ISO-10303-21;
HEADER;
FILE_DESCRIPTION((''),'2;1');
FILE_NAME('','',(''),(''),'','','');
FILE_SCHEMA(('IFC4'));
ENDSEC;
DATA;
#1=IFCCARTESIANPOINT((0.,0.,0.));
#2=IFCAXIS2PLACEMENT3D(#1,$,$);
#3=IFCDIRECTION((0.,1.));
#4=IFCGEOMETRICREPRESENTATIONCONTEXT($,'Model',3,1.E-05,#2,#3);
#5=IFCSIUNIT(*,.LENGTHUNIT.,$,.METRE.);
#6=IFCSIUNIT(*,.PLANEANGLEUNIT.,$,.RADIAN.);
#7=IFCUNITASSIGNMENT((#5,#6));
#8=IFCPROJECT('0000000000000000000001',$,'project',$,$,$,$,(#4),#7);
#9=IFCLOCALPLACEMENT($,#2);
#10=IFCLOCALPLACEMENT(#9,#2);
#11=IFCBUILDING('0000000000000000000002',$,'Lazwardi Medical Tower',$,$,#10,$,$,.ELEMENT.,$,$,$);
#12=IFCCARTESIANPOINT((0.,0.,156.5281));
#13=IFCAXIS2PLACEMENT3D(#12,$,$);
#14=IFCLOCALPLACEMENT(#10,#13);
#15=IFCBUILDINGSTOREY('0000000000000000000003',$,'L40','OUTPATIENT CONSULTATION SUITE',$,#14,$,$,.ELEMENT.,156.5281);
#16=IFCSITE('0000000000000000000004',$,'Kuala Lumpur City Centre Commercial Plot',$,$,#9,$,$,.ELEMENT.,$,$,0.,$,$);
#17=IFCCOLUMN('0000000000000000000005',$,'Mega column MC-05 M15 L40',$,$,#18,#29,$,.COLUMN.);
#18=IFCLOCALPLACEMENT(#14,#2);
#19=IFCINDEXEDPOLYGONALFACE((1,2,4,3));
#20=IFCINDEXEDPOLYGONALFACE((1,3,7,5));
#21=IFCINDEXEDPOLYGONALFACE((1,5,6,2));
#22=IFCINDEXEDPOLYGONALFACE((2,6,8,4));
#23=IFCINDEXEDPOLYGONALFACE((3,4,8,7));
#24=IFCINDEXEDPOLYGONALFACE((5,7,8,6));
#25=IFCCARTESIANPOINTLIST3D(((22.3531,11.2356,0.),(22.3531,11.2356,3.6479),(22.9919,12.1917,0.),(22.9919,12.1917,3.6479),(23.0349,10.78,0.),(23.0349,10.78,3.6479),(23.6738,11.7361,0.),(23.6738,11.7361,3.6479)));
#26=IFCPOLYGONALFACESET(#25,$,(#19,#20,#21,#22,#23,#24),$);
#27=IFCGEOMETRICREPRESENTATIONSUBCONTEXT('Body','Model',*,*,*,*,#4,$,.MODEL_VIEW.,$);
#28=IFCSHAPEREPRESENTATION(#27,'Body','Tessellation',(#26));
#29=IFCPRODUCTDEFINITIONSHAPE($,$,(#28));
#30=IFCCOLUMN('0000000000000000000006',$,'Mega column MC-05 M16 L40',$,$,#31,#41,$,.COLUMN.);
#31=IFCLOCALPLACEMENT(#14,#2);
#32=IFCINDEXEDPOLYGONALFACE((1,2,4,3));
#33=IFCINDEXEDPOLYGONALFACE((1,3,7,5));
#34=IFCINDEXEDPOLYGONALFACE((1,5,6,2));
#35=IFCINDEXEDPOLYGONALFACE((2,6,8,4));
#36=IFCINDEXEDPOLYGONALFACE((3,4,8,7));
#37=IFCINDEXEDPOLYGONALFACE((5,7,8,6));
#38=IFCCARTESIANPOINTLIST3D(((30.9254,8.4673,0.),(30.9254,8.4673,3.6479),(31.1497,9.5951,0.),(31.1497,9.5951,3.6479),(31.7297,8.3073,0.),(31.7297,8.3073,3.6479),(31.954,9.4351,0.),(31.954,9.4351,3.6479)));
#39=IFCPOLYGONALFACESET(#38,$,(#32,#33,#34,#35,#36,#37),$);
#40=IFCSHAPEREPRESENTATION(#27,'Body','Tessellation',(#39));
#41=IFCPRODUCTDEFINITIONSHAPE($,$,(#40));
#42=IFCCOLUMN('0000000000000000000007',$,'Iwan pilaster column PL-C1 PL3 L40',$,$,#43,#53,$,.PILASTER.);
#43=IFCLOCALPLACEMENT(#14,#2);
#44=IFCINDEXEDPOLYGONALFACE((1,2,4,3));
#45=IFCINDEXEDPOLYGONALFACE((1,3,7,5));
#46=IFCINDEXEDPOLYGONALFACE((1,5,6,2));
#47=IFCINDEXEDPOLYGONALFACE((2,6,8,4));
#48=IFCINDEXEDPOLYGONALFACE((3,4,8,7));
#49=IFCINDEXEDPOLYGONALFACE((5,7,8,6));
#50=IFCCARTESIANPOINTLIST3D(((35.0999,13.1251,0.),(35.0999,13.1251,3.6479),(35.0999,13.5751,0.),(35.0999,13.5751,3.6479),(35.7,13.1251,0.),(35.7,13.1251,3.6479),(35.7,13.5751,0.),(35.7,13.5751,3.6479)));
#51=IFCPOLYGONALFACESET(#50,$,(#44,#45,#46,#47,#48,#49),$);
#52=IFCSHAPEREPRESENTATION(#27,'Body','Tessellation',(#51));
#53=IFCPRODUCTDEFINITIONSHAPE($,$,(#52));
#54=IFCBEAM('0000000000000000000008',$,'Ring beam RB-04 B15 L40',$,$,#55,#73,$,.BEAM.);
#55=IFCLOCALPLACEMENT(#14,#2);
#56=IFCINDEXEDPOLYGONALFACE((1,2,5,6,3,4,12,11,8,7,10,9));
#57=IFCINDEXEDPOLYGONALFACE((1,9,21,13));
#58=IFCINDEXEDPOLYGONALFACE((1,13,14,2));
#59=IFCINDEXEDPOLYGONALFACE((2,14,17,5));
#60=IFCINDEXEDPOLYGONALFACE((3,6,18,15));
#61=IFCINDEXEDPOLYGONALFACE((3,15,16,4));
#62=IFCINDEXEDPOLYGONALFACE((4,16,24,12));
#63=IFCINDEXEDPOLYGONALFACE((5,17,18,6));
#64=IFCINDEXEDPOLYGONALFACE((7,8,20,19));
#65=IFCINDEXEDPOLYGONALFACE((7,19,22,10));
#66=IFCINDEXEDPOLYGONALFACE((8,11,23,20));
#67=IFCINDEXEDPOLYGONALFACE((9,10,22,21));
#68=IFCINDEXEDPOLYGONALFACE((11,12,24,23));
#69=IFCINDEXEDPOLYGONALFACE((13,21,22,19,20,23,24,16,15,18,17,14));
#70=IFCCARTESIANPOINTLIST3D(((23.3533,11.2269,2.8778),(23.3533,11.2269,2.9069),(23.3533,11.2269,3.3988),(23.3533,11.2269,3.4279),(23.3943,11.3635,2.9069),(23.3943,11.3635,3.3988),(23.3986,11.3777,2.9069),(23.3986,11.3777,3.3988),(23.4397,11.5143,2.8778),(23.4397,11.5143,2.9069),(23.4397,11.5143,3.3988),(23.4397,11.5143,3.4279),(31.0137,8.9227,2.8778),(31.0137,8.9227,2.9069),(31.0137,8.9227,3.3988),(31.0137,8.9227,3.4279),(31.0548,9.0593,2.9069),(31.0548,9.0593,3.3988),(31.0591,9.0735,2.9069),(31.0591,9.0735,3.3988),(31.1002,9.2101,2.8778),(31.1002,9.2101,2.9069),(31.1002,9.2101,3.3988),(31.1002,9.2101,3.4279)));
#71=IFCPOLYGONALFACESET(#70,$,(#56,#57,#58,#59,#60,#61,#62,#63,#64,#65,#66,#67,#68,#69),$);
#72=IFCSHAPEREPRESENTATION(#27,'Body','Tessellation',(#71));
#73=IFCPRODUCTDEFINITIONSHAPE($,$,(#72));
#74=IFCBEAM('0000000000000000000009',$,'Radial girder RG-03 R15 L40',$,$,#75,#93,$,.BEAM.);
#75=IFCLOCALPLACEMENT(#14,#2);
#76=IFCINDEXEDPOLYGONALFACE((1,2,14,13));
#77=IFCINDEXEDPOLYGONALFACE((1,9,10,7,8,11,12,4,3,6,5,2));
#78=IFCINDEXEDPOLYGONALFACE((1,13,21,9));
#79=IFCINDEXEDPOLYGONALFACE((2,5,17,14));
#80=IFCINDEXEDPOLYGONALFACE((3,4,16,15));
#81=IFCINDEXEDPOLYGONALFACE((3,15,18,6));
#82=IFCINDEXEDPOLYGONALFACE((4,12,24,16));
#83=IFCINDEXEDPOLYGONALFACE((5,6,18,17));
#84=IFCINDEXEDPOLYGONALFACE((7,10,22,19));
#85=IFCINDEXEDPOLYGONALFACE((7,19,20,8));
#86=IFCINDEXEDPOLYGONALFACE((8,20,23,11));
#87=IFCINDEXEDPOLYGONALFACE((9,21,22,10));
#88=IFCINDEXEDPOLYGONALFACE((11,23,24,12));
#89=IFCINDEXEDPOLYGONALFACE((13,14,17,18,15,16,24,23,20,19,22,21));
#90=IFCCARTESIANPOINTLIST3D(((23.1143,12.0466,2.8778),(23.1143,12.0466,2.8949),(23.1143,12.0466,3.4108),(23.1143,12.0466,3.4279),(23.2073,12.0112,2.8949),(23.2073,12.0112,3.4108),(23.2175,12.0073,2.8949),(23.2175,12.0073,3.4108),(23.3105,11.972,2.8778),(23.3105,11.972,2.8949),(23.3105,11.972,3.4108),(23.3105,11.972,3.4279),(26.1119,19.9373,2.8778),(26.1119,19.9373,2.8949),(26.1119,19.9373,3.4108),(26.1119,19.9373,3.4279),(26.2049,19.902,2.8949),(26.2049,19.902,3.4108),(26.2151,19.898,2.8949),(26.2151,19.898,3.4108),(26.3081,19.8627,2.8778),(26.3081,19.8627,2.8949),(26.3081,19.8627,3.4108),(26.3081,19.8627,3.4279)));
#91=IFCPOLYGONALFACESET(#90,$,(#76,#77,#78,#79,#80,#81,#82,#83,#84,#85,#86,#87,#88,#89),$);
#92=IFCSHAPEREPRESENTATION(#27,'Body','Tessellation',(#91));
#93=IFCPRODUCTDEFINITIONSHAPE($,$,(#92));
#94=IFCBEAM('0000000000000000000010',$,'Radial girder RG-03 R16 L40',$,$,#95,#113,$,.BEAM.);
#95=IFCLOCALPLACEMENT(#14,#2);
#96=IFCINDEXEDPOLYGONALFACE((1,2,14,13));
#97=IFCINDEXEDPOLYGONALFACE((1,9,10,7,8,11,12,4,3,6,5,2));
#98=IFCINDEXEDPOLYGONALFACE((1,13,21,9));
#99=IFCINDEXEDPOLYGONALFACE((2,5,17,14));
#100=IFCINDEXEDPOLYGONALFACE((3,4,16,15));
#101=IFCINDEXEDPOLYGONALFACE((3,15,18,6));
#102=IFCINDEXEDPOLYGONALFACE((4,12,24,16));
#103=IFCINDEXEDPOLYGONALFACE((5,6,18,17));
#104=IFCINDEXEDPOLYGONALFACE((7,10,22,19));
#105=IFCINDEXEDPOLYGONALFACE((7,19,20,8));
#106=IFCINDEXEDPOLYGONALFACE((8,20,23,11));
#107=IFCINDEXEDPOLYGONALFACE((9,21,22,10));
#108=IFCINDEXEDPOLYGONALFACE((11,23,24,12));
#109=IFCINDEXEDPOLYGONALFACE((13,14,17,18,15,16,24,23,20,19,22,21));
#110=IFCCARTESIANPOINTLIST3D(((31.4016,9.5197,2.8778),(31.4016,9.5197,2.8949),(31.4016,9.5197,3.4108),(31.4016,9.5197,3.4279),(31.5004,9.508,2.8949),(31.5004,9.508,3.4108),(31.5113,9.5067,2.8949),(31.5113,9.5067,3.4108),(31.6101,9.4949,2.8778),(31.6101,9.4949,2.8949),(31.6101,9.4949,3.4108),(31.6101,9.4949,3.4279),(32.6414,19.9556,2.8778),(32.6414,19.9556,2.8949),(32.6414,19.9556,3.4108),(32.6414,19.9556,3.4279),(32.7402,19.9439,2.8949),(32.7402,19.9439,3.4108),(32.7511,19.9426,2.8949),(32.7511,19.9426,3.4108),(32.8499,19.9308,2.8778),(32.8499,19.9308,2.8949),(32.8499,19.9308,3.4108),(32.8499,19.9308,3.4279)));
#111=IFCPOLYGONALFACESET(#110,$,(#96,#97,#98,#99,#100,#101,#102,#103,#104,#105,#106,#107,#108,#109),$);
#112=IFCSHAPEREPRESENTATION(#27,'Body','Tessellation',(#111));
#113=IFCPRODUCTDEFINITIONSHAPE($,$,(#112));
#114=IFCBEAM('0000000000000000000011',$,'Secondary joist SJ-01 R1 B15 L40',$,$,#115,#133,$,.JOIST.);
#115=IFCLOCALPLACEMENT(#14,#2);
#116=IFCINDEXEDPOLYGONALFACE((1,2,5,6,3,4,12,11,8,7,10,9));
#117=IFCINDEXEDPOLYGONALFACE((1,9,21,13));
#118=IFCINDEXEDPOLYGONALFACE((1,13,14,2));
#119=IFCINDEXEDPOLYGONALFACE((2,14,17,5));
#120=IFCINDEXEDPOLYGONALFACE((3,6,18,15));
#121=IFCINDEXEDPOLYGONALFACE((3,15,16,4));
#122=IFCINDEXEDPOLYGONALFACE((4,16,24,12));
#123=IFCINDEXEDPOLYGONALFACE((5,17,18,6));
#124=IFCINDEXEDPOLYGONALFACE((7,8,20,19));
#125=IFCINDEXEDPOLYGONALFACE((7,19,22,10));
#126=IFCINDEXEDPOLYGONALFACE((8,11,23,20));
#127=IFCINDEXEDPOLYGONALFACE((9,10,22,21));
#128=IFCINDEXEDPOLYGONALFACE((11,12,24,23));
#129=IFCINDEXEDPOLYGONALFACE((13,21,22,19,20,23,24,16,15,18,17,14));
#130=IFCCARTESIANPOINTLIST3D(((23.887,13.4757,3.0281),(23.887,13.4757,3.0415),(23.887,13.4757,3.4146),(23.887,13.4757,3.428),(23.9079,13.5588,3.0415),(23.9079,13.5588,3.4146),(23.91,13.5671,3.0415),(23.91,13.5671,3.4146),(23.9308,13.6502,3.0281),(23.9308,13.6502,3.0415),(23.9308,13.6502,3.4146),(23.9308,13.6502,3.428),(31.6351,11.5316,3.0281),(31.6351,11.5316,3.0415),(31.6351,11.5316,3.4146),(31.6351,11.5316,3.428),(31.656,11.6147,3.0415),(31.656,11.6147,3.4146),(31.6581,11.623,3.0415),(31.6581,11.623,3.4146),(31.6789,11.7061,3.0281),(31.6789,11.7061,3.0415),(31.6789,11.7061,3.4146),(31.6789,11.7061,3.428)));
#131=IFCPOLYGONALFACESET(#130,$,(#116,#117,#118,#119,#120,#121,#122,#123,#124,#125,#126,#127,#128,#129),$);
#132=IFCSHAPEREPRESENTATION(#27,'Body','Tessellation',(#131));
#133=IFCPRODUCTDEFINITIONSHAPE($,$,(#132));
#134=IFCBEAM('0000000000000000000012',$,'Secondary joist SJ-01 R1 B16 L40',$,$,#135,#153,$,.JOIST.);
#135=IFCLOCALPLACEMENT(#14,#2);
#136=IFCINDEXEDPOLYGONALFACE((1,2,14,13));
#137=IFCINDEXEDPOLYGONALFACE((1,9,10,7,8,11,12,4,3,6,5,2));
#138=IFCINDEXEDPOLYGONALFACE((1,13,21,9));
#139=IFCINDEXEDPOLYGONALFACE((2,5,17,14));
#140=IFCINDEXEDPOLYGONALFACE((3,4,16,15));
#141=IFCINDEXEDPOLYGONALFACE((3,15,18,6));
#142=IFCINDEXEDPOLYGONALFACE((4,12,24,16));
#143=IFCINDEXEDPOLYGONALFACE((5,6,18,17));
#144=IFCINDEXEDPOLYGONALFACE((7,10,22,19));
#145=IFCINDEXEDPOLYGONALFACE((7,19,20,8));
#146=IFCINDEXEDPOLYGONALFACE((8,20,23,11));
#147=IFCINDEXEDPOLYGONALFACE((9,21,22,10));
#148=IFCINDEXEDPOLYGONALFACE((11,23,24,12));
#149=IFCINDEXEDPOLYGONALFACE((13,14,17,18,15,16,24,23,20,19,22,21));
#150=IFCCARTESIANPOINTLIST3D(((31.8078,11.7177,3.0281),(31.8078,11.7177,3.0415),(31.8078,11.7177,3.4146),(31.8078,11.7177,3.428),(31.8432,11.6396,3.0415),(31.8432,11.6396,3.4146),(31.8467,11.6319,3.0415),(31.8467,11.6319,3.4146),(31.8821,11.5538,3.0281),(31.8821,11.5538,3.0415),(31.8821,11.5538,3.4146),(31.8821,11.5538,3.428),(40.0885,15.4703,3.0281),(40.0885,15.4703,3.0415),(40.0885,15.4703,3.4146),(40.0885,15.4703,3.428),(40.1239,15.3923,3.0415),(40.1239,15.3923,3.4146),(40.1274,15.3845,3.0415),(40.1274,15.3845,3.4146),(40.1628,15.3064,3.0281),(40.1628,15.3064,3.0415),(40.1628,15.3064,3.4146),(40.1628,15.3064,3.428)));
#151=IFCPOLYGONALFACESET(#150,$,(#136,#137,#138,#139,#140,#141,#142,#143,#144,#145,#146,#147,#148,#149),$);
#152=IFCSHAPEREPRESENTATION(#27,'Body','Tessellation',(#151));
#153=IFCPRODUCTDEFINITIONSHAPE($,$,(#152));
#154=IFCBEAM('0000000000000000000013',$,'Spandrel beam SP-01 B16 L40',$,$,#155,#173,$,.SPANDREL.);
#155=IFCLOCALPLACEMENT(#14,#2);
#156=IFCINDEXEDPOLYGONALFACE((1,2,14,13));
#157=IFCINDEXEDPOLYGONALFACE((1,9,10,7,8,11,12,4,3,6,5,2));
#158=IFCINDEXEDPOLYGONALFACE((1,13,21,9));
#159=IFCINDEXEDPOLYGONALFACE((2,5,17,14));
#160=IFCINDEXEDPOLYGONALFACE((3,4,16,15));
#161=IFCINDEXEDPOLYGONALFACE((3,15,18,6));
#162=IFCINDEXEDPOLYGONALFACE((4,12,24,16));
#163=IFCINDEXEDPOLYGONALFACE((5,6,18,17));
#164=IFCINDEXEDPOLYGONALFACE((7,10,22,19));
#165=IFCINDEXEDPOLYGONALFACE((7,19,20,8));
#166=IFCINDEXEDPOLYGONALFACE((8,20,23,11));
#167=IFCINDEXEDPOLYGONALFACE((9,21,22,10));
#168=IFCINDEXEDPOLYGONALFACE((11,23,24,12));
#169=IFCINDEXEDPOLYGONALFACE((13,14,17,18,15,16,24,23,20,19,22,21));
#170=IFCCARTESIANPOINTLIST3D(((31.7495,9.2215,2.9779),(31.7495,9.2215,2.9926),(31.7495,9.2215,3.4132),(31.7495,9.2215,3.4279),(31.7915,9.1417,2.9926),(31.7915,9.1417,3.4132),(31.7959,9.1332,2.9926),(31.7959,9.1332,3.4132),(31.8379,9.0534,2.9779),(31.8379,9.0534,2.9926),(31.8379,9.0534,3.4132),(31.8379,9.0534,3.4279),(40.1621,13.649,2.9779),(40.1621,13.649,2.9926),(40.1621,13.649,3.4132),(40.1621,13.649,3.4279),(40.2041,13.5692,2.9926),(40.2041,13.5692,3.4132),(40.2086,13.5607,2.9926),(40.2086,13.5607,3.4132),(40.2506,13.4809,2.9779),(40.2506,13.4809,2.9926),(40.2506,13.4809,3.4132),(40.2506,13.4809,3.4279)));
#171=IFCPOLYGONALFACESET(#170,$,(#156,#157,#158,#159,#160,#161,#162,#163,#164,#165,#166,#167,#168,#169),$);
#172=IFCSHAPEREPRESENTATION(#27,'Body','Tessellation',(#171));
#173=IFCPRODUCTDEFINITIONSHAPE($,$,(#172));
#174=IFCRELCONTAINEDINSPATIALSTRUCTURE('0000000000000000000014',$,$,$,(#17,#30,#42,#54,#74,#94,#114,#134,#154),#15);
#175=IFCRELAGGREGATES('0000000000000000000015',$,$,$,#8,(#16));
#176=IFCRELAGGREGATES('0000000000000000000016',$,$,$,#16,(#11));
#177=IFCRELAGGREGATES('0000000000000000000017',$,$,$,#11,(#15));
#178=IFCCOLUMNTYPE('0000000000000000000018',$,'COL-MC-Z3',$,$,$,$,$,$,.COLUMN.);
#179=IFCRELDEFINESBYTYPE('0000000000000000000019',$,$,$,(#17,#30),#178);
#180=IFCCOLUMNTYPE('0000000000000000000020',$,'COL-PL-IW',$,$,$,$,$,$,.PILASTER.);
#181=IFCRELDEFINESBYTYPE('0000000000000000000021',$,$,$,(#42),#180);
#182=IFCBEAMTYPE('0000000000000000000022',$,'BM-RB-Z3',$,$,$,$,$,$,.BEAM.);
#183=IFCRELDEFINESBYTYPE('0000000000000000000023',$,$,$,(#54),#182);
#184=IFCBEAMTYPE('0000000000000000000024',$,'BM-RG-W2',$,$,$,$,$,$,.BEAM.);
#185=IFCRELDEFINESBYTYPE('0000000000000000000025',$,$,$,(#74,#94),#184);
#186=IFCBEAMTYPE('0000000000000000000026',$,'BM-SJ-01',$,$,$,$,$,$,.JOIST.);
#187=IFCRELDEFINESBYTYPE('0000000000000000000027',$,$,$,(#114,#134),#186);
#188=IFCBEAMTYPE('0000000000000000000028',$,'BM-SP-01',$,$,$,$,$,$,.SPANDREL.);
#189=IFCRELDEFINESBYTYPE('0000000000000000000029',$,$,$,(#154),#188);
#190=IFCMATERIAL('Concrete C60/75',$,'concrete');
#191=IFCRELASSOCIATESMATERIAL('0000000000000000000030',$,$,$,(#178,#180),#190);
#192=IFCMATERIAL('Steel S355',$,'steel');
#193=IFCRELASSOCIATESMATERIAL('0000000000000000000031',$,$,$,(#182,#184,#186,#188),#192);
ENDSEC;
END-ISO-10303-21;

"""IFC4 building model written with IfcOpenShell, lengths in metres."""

from ifc_helpers import new_model, si_unit, direction, frame, origin, origin_2d, place, context, subcontext, project, spatial, rectangle, i_section, extrude, material, material_profile, profile_set, type_object, element, save


model = new_model("IFC4")

# Units and contexts
model_context = context("Model", 3, precision=1e-05, world=origin(), true_north=direction((0.0, 1.0)))
body_context = subcontext(model_context, "Body", "Model", "MODEL_VIEW")
ifc_project = project(units=[si_unit("LENGTHUNIT", "METRE"), si_unit("PLANEANGLEUNIT", "RADIAN")], contexts=[model_context])

# Site, building, storey
site_placement = place(None, origin())
site = spatial("IfcSite", under=ifc_project, at=site_placement, Name="Kuala Lumpur City Centre Commercial Plot", CompositionType="ELEMENT", RefElevation=0.0)
building_placement = place(site_placement, origin())
building = spatial("IfcBuilding", under=site, at=building_placement, Name="Lazwardi Medical Tower", CompositionType="ELEMENT")
storey_placement = place(building_placement, frame((0.0, 0.0, 156.5281)))
storey = spatial("IfcBuildingStorey", under=building, at=storey_placement, Name="L40", Description="OUTPATIENT CONSULTATION SUITE", CompositionType="ELEMENT", Elevation=156.5281)

# Columns
ifc_material_1 = material(Name="Concrete C60/75", Category="concrete")
ifc_material_profile_1 = material_profile(ifc_material_1, rectangle(XDim=1.1499, YDim=0.8201, at=origin_2d()), Name="CFT-RECT 1150x820")
ifc_profile_set_1 = profile_set([ifc_material_profile_1], Name="Concrete C60/75")
column_type_1 = type_object("IfcColumnType", Name="COL-MC-Z3", PredefinedType="COLUMN", material=ifc_profile_set_1)
for number, where, z_axis, x_axis, name in (
    (1, (23.0134, 11.4858, 0.0), (0.0, 0.0, 1.0), (-0.55557, -0.83147, 0.0), "Mega column MC-05 M15 L40"),
    (2, (31.4397, 8.9512, 0.0), (0.0, 0.0, 1.0), (-0.19509, -0.980785, 0.0), "Mega column MC-05 M16 L40"),
):
    element("IfcColumn", number, at=place(storey_placement, frame(where, z_axis=z_axis, x_axis=x_axis)), inside=storey, type_object=column_type_1, Name=name, PredefinedType="COLUMN", context=body_context, shape_type="SweptSolid", body=[
        extrude(rectangle(XDim=1.1499, YDim=0.8201, at=origin_2d()), origin(), (0.0, 0.0, 1.0), 3.6479),
    ])
ifc_material_profile_2 = material_profile(ifc_material_1, rectangle(XDim=0.6001, YDim=0.45, at=origin_2d()), Name="RC 600x450")
ifc_profile_set_2 = profile_set([ifc_material_profile_2], Name="Concrete C60/75")
column_type_2 = type_object("IfcColumnType", Name="COL-PL-IW", PredefinedType="PILASTER", material=ifc_profile_set_2)
column_placement = place(storey_placement, frame((35.3999, 13.3501, 0.0), z_axis=(0.0, 0.0, 1.0), x_axis=(1.0, 0.0, 0.0)))
element("IfcColumn", 3, at=column_placement, inside=storey, type_object=column_type_2, Name="Iwan pilaster column PL-C1 PL3 L40", PredefinedType="PILASTER", context=body_context, shape_type="SweptSolid", body=[
    extrude(rectangle(XDim=0.6001, YDim=0.45, at=origin_2d()), origin(), (0.0, 0.0, 1.0), 3.6479),
])

# Beams
ifc_material_2 = material(Name="Steel S355", Category="steel")
ifc_material_profile_3 = material_profile(ifc_material_2, i_section(OverallWidth=0.3, OverallDepth=0.55, WebThickness=0.0149, FlangeThickness=0.0291, at=origin_2d()), Name="HEB 550")
ifc_profile_set_3 = profile_set([ifc_material_profile_3], Name="Steel S355")
beam_type_1 = type_object("IfcBeamType", Name="BM-RB-Z3", PredefinedType="BEAM", material=ifc_profile_set_3)
beam_1_placement = place(storey_placement, frame((23.3965, 11.3706, 3.1528), z_axis=(0.957617, -0.288045, 0.0), x_axis=(0.288045, 0.957617, 0.0)))
element("IfcBeam", 4, at=beam_1_placement, inside=storey, type_object=beam_type_1, Name="Ring beam RB-04 B15 L40", PredefinedType="BEAM", context=body_context, shape_type="SweptSolid", body=[
    extrude(i_section(OverallWidth=0.3, OverallDepth=0.55, WebThickness=0.0149, FlangeThickness=0.0291, at=origin_2d()), origin(), (0.0, 0.0, 1.0), 7.9995),
])
ifc_material_profile_4 = material_profile(ifc_material_2, i_section(OverallWidth=0.21, OverallDepth=0.55, WebThickness=0.011, FlangeThickness=0.0171, at=origin_2d()), Name="IPE 550")
ifc_profile_set_4 = profile_set([ifc_material_profile_4], Name="Steel S355")
beam_type_2 = type_object("IfcBeamType", Name="BM-RG-W2", PredefinedType="BEAM", material=ifc_profile_set_4)
beam_2_placement = place(storey_placement, frame((23.2124, 12.0093, 3.1528), z_axis=(0.355127, 0.934818, 0.0), x_axis=(-0.934818, 0.355127, 0.0)))
element("IfcBeam", 5, at=beam_2_placement, inside=storey, type_object=beam_type_2, Name="Radial girder RG-03 R15 L40", PredefinedType="BEAM", context=body_context, shape_type="SweptSolid", body=[
    extrude(i_section(OverallWidth=0.21, OverallDepth=0.55, WebThickness=0.011, FlangeThickness=0.0171, at=origin_2d()), origin(), (0.0, 0.0, 1.0), 8.4409),
])
beam_3_placement = place(storey_placement, frame((31.5059, 9.5073, 3.1528), z_axis=(0.117968, 0.993017, 0.0), x_axis=(-0.993017, 0.117968, 0.0)))
element("IfcBeam", 6, at=beam_3_placement, inside=storey, type_object=beam_type_2, Name="Radial girder RG-03 R16 L40", PredefinedType="BEAM", context=body_context, shape_type="SweptSolid", body=[
    extrude(i_section(OverallWidth=0.21, OverallDepth=0.55, WebThickness=0.011, FlangeThickness=0.0171, at=origin_2d()), origin(), (0.0, 0.0, 1.0), 10.5093),
])
ifc_material_profile_5 = material_profile(ifc_material_2, i_section(OverallWidth=0.1799, OverallDepth=0.3999, WebThickness=0.0085, FlangeThickness=0.0134, at=origin_2d()), Name="IPE 400")
ifc_profile_set_5 = profile_set([ifc_material_profile_5], Name="Steel S355")
beam_type_3 = type_object("IfcBeamType", Name="BM-SJ-01", PredefinedType="JOIST", material=ifc_profile_set_5)
beam_4_placement = place(storey_placement, frame((23.9089, 13.563, 3.228), z_axis=(0.969934, -0.24337, 0.0), x_axis=(0.24337, 0.969934, 0.0)))
element("IfcBeam", 7, at=beam_4_placement, inside=storey, type_object=beam_type_3, Name="Secondary joist SJ-01 R1 B15 L40", PredefinedType="JOIST", context=body_context, shape_type="SweptSolid", body=[
    extrude(i_section(OverallWidth=0.1799, OverallDepth=0.3999, WebThickness=0.0085, FlangeThickness=0.0134, at=origin_2d()), origin(), (0.0, 0.0, 1.0), 7.9883),
])
beam_5_placement = place(storey_placement, frame((31.845, 11.6357, 3.228), z_axis=(0.910834, 0.412773, 0.0), x_axis=(-0.412773, 0.910834, 0.0)))
element("IfcBeam", 8, at=beam_5_placement, inside=storey, type_object=beam_type_3, Name="Secondary joist SJ-01 R1 B16 L40", PredefinedType="JOIST", context=body_context, shape_type="SweptSolid", body=[
    extrude(i_section(OverallWidth=0.1799, OverallDepth=0.3999, WebThickness=0.0085, FlangeThickness=0.0134, at=origin_2d()), origin(), (0.0, 0.0, 1.0), 9.0913),
])
ifc_material_profile_6 = material_profile(ifc_material_2, i_section(OverallWidth=0.1899, OverallDepth=0.45, WebThickness=0.0095, FlangeThickness=0.0146, at=origin_2d()), Name="IPE 450")
ifc_profile_set_6 = profile_set([ifc_material_profile_6], Name="Steel S355")
beam_type_4 = type_object("IfcBeamType", Name="BM-SP-01", PredefinedType="SPANDREL", material=ifc_profile_set_6)
beam_6_placement = place(storey_placement, frame((31.7937, 9.1375, 3.2029), z_axis=(0.884927, 0.465731, 0.0), x_axis=(-0.465731, 0.884927, 0.0)))
element("IfcBeam", 9, at=beam_6_placement, inside=storey, type_object=beam_type_4, Name="Spandrel beam SP-01 B16 L40", PredefinedType="SPANDREL", context=body_context, shape_type="SweptSolid", body=[
    extrude(i_section(OverallWidth=0.1899, OverallDepth=0.45, WebThickness=0.0095, FlangeThickness=0.0146, at=origin_2d()), origin(), (0.0, 0.0, 1.0), 9.5066),
])

save(model, "model.ifc")
